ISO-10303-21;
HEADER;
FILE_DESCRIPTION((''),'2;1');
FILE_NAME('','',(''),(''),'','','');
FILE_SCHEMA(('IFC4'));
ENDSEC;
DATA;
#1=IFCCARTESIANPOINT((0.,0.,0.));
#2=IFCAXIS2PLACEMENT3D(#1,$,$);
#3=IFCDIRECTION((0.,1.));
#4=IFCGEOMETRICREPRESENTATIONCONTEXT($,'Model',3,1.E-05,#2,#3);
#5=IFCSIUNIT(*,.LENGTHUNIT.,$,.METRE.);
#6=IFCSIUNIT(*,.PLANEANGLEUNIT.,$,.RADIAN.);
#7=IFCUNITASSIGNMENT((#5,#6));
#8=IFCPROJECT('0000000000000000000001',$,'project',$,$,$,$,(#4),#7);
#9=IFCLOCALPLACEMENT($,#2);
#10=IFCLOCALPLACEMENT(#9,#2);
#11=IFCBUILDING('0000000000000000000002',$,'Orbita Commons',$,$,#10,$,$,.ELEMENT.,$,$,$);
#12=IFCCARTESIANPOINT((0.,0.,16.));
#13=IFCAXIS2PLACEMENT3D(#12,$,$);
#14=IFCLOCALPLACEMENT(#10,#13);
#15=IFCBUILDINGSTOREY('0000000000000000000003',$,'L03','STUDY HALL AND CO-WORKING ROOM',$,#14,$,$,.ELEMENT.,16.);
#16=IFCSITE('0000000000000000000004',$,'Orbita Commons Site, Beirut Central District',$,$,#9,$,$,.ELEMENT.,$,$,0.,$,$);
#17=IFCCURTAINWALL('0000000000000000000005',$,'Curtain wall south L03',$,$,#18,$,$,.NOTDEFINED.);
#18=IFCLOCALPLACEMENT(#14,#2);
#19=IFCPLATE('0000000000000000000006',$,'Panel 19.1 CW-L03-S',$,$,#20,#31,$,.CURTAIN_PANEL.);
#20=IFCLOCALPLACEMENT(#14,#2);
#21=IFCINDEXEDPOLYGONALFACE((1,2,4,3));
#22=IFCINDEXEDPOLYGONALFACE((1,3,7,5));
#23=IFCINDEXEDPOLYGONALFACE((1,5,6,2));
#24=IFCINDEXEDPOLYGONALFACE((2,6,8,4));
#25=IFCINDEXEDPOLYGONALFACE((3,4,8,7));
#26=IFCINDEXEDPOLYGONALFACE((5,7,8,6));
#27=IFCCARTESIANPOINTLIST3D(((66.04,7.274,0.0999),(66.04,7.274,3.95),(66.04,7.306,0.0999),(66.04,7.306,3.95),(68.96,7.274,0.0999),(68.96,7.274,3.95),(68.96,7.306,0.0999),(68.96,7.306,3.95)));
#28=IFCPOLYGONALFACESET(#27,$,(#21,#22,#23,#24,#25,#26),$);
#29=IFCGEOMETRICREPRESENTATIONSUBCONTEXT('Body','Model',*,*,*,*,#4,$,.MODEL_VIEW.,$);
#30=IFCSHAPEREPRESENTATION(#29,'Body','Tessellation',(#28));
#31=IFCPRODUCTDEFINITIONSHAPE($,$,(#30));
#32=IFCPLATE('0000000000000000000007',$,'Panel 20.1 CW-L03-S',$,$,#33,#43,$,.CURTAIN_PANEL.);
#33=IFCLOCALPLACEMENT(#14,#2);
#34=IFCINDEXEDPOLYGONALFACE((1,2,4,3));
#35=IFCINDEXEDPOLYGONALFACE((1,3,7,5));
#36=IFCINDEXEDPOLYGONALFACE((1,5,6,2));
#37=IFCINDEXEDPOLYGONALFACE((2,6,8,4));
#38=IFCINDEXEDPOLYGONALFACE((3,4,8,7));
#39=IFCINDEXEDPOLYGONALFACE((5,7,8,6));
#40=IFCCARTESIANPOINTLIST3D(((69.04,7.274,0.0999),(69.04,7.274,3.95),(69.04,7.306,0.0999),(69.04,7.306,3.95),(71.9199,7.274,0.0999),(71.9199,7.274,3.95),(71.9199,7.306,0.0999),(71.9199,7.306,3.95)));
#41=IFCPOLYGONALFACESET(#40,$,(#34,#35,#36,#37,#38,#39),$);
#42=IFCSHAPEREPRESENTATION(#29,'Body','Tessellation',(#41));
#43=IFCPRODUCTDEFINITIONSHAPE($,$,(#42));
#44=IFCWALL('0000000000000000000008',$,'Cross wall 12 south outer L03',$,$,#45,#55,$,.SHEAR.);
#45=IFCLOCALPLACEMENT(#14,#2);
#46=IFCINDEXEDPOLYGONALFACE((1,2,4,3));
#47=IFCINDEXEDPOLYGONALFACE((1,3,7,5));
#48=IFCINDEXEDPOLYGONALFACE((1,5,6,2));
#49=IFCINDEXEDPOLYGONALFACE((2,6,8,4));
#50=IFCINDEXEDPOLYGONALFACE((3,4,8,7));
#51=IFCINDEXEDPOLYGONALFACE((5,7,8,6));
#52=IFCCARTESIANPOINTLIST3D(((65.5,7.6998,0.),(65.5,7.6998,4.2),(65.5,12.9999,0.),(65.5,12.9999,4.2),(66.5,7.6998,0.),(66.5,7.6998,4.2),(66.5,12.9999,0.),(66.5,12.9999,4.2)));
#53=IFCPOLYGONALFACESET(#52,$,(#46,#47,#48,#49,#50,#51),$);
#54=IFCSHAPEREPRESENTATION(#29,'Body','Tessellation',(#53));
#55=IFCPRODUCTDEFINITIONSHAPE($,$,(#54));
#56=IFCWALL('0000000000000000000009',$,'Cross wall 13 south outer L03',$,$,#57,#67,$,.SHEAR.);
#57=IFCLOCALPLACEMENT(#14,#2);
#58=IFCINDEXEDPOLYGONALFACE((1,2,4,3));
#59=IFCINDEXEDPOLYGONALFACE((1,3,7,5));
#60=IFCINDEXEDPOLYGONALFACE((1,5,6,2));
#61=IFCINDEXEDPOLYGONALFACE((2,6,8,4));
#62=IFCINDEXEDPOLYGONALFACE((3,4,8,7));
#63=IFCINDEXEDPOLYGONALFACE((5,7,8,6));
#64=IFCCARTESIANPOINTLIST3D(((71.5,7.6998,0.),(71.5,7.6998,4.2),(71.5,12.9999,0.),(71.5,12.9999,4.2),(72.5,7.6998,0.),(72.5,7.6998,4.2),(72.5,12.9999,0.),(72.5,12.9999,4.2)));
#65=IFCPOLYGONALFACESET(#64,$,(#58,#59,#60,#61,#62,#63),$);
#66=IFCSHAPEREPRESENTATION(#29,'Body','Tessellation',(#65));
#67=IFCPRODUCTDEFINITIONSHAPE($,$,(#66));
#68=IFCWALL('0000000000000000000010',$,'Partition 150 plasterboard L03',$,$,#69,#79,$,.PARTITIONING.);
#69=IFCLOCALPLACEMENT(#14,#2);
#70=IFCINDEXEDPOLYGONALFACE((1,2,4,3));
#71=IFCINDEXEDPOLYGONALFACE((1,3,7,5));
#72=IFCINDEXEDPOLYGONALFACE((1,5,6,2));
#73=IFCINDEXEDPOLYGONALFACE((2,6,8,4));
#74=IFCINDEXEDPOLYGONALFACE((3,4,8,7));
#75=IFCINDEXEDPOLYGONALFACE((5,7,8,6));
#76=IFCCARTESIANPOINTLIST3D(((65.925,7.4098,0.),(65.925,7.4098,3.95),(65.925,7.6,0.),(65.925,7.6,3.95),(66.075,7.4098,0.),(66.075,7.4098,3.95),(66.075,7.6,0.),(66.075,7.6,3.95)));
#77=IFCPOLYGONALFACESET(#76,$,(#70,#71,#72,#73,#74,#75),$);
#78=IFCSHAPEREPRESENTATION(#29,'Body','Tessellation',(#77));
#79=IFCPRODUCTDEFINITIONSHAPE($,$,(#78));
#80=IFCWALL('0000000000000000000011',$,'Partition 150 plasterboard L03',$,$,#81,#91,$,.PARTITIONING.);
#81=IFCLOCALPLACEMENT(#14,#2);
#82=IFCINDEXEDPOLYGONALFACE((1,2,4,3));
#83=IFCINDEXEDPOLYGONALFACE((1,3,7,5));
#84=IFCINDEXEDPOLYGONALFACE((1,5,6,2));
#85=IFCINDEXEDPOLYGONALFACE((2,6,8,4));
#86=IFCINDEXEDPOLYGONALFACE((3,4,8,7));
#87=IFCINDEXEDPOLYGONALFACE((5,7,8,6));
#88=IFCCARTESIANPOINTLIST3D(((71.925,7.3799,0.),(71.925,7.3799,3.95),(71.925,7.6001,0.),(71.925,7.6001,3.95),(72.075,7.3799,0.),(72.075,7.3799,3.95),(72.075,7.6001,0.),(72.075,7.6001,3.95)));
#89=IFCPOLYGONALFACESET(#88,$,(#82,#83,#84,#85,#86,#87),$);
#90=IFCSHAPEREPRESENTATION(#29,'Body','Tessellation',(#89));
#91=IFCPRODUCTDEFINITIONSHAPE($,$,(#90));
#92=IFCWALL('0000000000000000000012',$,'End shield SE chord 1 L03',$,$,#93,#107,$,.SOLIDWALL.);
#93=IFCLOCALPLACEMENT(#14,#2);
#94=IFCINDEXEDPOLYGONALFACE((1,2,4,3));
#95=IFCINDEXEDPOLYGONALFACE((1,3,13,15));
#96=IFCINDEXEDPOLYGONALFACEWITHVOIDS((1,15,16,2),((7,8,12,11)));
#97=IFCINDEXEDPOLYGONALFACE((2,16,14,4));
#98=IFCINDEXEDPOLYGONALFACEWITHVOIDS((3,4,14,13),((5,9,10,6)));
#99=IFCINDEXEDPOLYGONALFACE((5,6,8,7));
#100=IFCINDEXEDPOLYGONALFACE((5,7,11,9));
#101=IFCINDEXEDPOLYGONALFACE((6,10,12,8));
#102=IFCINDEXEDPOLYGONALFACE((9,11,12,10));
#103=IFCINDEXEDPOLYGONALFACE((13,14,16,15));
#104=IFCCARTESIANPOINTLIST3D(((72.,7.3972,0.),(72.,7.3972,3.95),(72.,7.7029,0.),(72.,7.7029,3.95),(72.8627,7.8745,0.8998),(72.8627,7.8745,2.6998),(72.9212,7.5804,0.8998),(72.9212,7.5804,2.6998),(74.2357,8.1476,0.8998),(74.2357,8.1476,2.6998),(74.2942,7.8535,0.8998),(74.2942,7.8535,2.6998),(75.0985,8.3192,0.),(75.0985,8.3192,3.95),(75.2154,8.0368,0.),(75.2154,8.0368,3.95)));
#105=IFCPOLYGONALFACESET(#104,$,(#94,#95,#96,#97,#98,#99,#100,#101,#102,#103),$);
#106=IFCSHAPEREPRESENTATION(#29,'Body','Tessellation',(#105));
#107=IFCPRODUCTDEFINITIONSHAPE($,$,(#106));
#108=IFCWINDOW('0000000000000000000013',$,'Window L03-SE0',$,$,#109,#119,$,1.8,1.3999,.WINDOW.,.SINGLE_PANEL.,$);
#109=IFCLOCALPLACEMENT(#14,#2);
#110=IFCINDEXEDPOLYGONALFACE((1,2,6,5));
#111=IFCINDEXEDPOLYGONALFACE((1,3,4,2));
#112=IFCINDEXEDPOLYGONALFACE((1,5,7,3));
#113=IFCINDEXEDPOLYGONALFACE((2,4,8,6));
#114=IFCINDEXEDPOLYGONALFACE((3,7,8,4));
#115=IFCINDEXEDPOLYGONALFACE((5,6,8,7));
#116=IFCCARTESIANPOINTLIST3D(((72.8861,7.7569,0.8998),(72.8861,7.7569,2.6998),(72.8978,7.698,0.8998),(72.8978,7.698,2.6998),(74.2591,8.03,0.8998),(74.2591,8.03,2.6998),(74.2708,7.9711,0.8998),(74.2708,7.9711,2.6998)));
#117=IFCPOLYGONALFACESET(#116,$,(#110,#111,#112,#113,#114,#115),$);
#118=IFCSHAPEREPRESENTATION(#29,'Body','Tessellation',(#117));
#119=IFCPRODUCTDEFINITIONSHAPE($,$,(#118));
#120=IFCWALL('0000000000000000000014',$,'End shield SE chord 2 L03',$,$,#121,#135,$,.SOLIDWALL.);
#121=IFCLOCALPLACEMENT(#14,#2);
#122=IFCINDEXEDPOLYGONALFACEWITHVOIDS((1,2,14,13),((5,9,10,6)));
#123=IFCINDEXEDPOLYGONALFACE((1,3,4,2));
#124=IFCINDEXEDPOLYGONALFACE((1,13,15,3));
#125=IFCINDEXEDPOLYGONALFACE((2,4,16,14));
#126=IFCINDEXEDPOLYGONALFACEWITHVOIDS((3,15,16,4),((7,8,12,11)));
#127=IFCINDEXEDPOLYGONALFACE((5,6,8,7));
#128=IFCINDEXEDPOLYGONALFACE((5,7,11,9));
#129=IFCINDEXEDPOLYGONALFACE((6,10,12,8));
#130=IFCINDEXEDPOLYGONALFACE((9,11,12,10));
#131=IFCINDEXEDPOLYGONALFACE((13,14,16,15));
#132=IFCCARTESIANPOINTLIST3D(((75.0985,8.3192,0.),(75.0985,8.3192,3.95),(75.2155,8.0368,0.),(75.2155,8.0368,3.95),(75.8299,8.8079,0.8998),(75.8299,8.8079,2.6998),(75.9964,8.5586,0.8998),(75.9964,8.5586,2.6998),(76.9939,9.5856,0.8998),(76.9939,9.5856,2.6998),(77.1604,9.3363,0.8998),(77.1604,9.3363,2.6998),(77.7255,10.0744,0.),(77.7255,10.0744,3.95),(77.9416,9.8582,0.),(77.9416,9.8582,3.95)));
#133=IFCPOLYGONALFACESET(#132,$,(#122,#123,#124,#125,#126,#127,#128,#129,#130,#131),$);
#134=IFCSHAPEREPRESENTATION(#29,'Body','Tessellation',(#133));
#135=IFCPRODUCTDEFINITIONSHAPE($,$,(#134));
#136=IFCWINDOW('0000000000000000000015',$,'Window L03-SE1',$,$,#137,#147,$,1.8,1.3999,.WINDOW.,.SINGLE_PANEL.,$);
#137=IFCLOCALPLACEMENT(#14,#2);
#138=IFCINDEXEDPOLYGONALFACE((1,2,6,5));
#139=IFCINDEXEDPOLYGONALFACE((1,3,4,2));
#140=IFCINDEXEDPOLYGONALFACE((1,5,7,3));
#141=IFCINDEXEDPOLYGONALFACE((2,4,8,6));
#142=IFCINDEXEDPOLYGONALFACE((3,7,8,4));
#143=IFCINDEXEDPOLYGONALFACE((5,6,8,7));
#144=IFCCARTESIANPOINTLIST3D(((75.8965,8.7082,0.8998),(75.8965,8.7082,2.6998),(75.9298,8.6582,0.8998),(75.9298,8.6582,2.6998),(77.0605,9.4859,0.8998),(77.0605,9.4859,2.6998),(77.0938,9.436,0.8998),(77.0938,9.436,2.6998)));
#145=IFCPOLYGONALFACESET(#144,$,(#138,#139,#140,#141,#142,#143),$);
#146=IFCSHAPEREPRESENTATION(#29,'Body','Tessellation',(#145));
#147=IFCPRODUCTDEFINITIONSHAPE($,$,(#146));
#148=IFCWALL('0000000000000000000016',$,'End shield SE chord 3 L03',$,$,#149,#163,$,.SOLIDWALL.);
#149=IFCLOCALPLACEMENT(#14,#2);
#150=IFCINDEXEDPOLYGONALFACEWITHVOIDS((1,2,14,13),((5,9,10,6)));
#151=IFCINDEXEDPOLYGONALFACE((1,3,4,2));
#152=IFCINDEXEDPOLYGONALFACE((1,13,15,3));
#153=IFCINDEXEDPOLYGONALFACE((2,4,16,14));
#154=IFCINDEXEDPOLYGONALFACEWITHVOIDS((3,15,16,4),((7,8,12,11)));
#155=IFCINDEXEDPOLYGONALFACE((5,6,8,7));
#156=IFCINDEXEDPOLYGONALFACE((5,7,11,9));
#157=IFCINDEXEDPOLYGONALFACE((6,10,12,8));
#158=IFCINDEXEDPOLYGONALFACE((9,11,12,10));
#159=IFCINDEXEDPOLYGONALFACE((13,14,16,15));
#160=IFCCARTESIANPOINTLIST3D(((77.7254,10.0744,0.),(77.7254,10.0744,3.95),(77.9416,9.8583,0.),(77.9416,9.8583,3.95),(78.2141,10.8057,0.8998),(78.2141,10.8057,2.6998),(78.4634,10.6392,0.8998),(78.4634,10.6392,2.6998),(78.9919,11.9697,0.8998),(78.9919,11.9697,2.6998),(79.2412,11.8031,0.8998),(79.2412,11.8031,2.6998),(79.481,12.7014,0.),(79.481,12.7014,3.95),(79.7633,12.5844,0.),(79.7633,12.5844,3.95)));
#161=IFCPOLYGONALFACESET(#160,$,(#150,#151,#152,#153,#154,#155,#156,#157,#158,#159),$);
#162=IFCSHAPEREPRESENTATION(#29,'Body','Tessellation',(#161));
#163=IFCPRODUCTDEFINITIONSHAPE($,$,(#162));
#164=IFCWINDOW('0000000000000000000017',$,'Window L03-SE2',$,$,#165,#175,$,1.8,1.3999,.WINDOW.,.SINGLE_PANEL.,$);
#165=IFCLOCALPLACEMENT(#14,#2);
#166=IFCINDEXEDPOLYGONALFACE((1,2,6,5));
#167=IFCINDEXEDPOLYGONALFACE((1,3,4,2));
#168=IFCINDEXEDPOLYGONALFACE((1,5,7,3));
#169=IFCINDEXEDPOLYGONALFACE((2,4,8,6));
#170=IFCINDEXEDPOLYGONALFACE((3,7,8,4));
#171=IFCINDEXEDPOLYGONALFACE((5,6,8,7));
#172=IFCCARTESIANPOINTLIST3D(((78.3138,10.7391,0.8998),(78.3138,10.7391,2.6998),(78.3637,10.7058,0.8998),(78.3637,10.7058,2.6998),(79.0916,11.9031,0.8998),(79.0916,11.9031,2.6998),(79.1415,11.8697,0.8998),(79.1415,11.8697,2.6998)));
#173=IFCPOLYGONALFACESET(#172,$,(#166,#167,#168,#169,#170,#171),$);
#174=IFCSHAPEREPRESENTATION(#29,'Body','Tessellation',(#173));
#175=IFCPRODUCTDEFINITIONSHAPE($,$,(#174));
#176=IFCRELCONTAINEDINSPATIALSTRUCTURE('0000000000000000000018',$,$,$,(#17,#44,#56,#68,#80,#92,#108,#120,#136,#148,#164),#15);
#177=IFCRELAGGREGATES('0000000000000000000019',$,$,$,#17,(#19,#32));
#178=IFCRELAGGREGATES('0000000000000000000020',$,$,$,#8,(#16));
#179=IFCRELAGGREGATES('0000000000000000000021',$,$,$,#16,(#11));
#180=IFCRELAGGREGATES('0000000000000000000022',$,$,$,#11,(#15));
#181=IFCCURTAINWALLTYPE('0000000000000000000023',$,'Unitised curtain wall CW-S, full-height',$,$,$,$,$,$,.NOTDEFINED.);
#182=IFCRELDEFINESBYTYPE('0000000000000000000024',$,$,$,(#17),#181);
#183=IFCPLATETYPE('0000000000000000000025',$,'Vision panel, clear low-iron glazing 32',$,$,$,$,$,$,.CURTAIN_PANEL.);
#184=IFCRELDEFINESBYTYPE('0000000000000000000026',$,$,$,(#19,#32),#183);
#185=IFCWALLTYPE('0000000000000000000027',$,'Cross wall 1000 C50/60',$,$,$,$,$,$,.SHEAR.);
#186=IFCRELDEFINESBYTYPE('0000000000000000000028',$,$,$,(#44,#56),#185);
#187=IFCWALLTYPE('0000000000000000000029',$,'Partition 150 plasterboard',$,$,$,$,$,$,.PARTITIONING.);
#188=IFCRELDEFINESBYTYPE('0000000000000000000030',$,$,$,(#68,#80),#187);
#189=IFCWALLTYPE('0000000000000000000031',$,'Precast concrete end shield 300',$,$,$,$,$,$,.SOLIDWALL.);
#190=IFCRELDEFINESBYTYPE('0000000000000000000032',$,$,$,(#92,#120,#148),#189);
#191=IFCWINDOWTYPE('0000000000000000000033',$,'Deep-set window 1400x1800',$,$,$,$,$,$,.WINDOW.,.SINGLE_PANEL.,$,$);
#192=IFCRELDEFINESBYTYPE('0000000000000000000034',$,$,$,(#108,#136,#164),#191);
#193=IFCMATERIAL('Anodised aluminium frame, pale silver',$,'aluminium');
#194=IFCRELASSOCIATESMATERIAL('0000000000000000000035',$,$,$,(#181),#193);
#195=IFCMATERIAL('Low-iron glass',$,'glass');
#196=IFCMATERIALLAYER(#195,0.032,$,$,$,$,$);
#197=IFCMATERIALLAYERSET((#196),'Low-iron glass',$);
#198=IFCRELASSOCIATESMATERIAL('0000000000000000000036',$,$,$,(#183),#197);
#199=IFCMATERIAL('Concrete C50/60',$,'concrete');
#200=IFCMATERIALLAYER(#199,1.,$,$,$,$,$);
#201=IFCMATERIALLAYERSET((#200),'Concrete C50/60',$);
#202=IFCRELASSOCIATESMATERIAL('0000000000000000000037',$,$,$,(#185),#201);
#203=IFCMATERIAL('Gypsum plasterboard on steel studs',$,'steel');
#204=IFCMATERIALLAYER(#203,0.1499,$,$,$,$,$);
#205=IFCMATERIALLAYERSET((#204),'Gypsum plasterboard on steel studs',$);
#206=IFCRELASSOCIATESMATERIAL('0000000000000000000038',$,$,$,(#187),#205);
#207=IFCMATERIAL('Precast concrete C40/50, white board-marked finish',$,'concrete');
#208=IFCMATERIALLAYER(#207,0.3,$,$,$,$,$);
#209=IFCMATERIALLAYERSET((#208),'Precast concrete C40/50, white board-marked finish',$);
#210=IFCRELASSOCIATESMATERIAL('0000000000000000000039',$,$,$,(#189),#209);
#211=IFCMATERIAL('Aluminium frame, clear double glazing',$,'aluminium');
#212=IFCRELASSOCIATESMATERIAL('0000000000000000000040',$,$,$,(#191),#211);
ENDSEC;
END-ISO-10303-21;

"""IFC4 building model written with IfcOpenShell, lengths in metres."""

from ifc_helpers import new_model, si_unit, direction, frame, frame_2d, origin, origin_2d, place, context, subcontext, project, spatial, polyline, rectangle, outline, extrude, material, layer, layer_set, type_object, element, fill, aggregate, save


model = new_model("IFC4")

# Units and contexts
model_context = context("Model", 3, precision=1e-05, world=origin(), true_north=direction((0.0, 1.0)))
body_context = subcontext(model_context, "Body", "Model", "MODEL_VIEW")
ifc_project = project(units=[si_unit("LENGTHUNIT", "METRE"), si_unit("PLANEANGLEUNIT", "RADIAN")], contexts=[model_context])

# Site, building, storey
site_placement = place(None, origin())
site = spatial("IfcSite", under=ifc_project, at=site_placement, Name="Orbita Commons Site, Beirut Central District", CompositionType="ELEMENT", RefElevation=0.0)
building_placement = place(site_placement, origin())
building = spatial("IfcBuilding", under=site, at=building_placement, Name="Orbita Commons", CompositionType="ELEMENT")
storey_placement = place(building_placement, frame((0.0, 0.0, 16.0)))
storey = spatial("IfcBuildingStorey", under=building, at=storey_placement, Name="L03", Description="STUDY HALL AND CO-WORKING ROOM", CompositionType="ELEMENT", Elevation=16.0)

# Curtain wall
ifc_material_1 = material(Name="Anodised aluminium frame, pale silver", Category="aluminium")
curtain_wall_type = type_object("IfcCurtainWallType", Name="Unitised curtain wall CW-S, full-height", PredefinedType="NOTDEFINED", material=ifc_material_1)
curtain_wall_placement = place(storey_placement, origin())
curtain_wall = element("IfcCurtainWall", 1, at=curtain_wall_placement, inside=storey, type_object=curtain_wall_type, Name="Curtain wall south L03", PredefinedType="NOTDEFINED")

# Plates
ifc_material_2 = material(Name="Low-iron glass", Category="glass")
ifc_layer_1 = layer(ifc_material_2, 0.032)
ifc_layer_set_1 = layer_set([ifc_layer_1], Name="Low-iron glass")
plate_type = type_object("IfcPlateType", Name="Vision panel, clear low-iron glazing 32", PredefinedType="CURTAIN_PANEL", material=ifc_layer_set_1)
plate_1_placement = place(storey_placement, frame((67.5, 7.29, 0.0999), z_axis=(0.0, 0.0, 1.0), x_axis=(1.0, 0.0, 0.0)))
plate_1 = element("IfcPlate", 2, at=plate_1_placement, type_object=plate_type, Name="Panel 19.1 CW-L03-S", PredefinedType="CURTAIN_PANEL", context=body_context, shape_type="SweptSolid", body=[
    extrude(rectangle(XDim=2.9199, YDim=0.032, at=origin_2d()), origin(), (0.0, 0.0, 1.0), 3.8501),
])
plate_2_placement = place(storey_placement, frame((70.48, 7.29, 0.0999), z_axis=(0.0, 0.0, 1.0), x_axis=(1.0, 0.0, 0.0)))
plate_2 = element("IfcPlate", 3, at=plate_2_placement, type_object=plate_type, Name="Panel 20.1 CW-L03-S", PredefinedType="CURTAIN_PANEL", context=body_context, shape_type="SweptSolid", body=[
    extrude(rectangle(XDim=2.8799, YDim=0.032, at=origin_2d()), origin(), (0.0, 0.0, 1.0), 3.8501),
])
aggregate(curtain_wall, [plate_1, plate_2])

# Walls
ifc_material_3 = material(Name="Concrete C50/60", Category="concrete")
ifc_layer_2 = layer(ifc_material_3, 1.0)
ifc_layer_set_2 = layer_set([ifc_layer_2], Name="Concrete C50/60")
wall_type_1 = type_object("IfcWallType", Name="Cross wall 1000 C50/60", PredefinedType="SHEAR", material=ifc_layer_set_2)
for number, where, z_axis, x_axis, name in (
    (4, (66.0, 7.7, 0.0), (0.0, 0.0, 1.0), (0.0, 1.0, 0.0), "Cross wall 12 south outer L03"),
    (5, (72.0, 7.7, 0.0), (0.0, 0.0, 1.0), (0.0, 1.0, 0.0), "Cross wall 13 south outer L03"),
):
    element("IfcWall", number, at=place(storey_placement, frame(where, z_axis=z_axis, x_axis=x_axis)), inside=storey, type_object=wall_type_1, Name=name, PredefinedType="SHEAR", context=body_context, shape_type="SweptSolid", body=[
        extrude(rectangle(XDim=5.3, YDim=1.0, at=frame_2d((2.6499, 0.0))), origin(), (0.0, 0.0, 1.0), 4.2),
    ])
ifc_material_4 = material(Name="Gypsum plasterboard on steel studs", Category="steel")
ifc_layer_3 = layer(ifc_material_4, 0.1499)
ifc_layer_set_3 = layer_set([ifc_layer_3], Name="Gypsum plasterboard on steel studs")
wall_type_2 = type_object("IfcWallType", Name="Partition 150 plasterboard", PredefinedType="PARTITIONING", material=ifc_layer_set_3)
wall_1_placement = place(storey_placement, frame((66.0, 7.6001, 0.0), z_axis=(0.0, 0.0, 1.0), x_axis=(0.0, -1.0, 0.0)))
element("IfcWall", 6, at=wall_1_placement, inside=storey, type_object=wall_type_2, Name="Partition 150 plasterboard L03", PredefinedType="PARTITIONING", context=body_context, shape_type="SweptSolid", body=[
    extrude(rectangle(XDim=0.1902, YDim=0.1499, at=frame_2d((0.0952, 0.0))), origin(), (0.0, 0.0, 1.0), 3.95),
])
wall_2_placement = place(storey_placement, frame((72.0, 7.6001, 0.0), z_axis=(0.0, 0.0, 1.0), x_axis=(0.0, -1.0, 0.0)))
element("IfcWall", 7, at=wall_2_placement, inside=storey, type_object=wall_type_2, Name="Partition 150 plasterboard L03", PredefinedType="PARTITIONING", context=body_context, shape_type="SweptSolid", body=[
    extrude(rectangle(XDim=0.2202, YDim=0.1499, at=frame_2d((0.1101, 0.0))), origin(), (0.0, 0.0, 1.0), 3.95),
])

# Walls, openings, windows
ifc_material_5 = material(Name="Precast concrete C40/50, white board-marked finish", Category="concrete")
ifc_layer_4 = layer(ifc_material_5, 0.3)
ifc_layer_set_4 = layer_set([ifc_layer_4], Name="Precast concrete C40/50, white board-marked finish")
wall_type_3 = type_object("IfcWallType", Name="Precast concrete end shield 300", PredefinedType="SOLIDWALL", material=ifc_layer_set_4)
wall_3_placement = place(storey_placement, frame((72.0, 7.55, 0.0), z_axis=(0.0, 0.0, 1.0), x_axis=(0.980787, 0.19508, 0.0)))
wall_3 = element("IfcWall", 8, at=wall_3_placement, inside=storey, type_object=wall_type_3, Name="End shield SE chord 1 L03", PredefinedType="SOLIDWALL", context=body_context, shape_type="SweptSolid", body=[
    extrude(outline(polyline([(-0.0298, -0.1499), (3.2485, -0.1499), (3.189, 0.1499), (0.0298, 0.1499), (-0.0298, -0.1499)])), origin(), (0.0, 0.0, 1.0), 3.95),
])
opening_1_placement = place(wall_3_placement, frame((0.9094, 0.0, 0.8999)))
opening_1 = element("IfcOpeningElement", 9, at=opening_1_placement, cuts=wall_3, PredefinedType="OPENING", context=body_context, shape_type="SweptSolid", body=[
    extrude(rectangle(XDim=1.3999, YDim=1.8, at=frame_2d((0.7, 0.8999))), frame((0.0, 0.1599, 0.0), z_axis=(0.0, -1.0, 0.0), x_axis=(1.0, 0.0, 0.0)), (0.0, 0.0, 1.0), 0.3201),
])
ifc_material_6 = material(Name="Aluminium frame, clear double glazing", Category="aluminium")
window_type = type_object("IfcWindowType", Name="Deep-set window 1400x1800", PartitioningType="SINGLE_PANEL", PredefinedType="WINDOW", material=ifc_material_6)
window_1_placement = place(opening_1_placement, origin())
window_1 = element("IfcWindow", 10, at=window_1_placement, inside=storey, type_object=window_type, Name="Window L03-SE0", OverallHeight=1.8, OverallWidth=1.3999, PartitioningType="SINGLE_PANEL", PredefinedType="WINDOW", context=body_context, shape_type="SweptSolid", body=[
    extrude(rectangle(XDim=1.3999, YDim=1.8, at=frame_2d((0.7, 0.8999))), frame((0.0, 0.03, 0.0), z_axis=(0.0, -1.0, 0.0), x_axis=(1.0, 0.0, 0.0)), (0.0, 0.0, 1.0), 0.0601),
])
fill(opening_1, window_1)
wall_4_placement = place(storey_placement, frame((75.157, 8.178, 0.0), z_axis=(0.0, 0.0, 1.0), x_axis=(0.831478, 0.555558, 0.0)))
wall_4 = element("IfcWall", 11, at=wall_4_placement, inside=storey, type_object=wall_type_3, Name="End shield SE chord 2 L03", PredefinedType="SOLIDWALL", context=body_context, shape_type="SweptSolid", body=[
    extrude(outline(polyline([(-0.0298, -0.1499), (3.2488, -0.1499), (3.1892, 0.1499), (0.0298, 0.1499), (-0.0298, -0.1499)])), origin(), (0.0, 0.0, 1.0), 3.95),
])
opening_2_placement = place(wall_4_placement, frame((0.9094, 0.0, 0.8999)))
opening_2 = element("IfcOpeningElement", 12, at=opening_2_placement, cuts=wall_4, PredefinedType="OPENING", context=body_context, shape_type="SweptSolid", body=[
    extrude(rectangle(XDim=1.3999, YDim=1.8, at=frame_2d((0.7, 0.8999))), frame((0.0, 0.1599, 0.0), z_axis=(0.0, -1.0, 0.0), x_axis=(1.0, 0.0, 0.0)), (0.0, 0.0, 1.0), 0.3201),
])
window_2_placement = place(opening_2_placement, origin())
window_2 = element("IfcWindow", 13, at=window_2_placement, inside=storey, type_object=window_type, Name="Window L03-SE1", OverallHeight=1.8, OverallWidth=1.3999, PartitioningType="SINGLE_PANEL", PredefinedType="WINDOW", context=body_context, shape_type="SweptSolid", body=[
    extrude(rectangle(XDim=1.3999, YDim=1.8, at=frame_2d((0.7, 0.8999))), frame((0.0, 0.03, 0.0), z_axis=(0.0, -1.0, 0.0), x_axis=(1.0, 0.0, 0.0)), (0.0, 0.0, 1.0), 0.0601),
])
fill(opening_2, window_2)
wall_5_placement = place(storey_placement, frame((77.8335, 9.9663, 0.0), z_axis=(0.0, 0.0, 1.0), x_axis=(0.55561, 0.831443, 0.0)))
wall_5 = element("IfcWall", 14, at=wall_5_placement, inside=storey, type_object=wall_type_3, Name="End shield SE chord 3 L03", PredefinedType="SOLIDWALL", context=body_context, shape_type="SweptSolid", body=[
    extrude(outline(polyline([(-0.0298, -0.1499), (3.249, -0.1499), (3.1895, 0.1499), (0.0298, 0.1499), (-0.0298, -0.1499)])), origin(), (0.0, 0.0, 1.0), 3.95),
])
opening_3_placement = place(wall_5_placement, frame((0.9094, 0.0, 0.8999)))
opening_3 = element("IfcOpeningElement", 15, at=opening_3_placement, cuts=wall_5, PredefinedType="OPENING", context=body_context, shape_type="SweptSolid", body=[
    extrude(rectangle(XDim=1.3999, YDim=1.8, at=frame_2d((0.7, 0.8999))), frame((0.0, 0.1599, 0.0), z_axis=(0.0, -1.0, 0.0), x_axis=(1.0, 0.0, 0.0)), (0.0, 0.0, 1.0), 0.3201),
])
window_3_placement = place(opening_3_placement, origin())
window_3 = element("IfcWindow", 16, at=window_3_placement, inside=storey, type_object=window_type, Name="Window L03-SE2", OverallHeight=1.8, OverallWidth=1.3999, PartitioningType="SINGLE_PANEL", PredefinedType="WINDOW", context=body_context, shape_type="SweptSolid", body=[
    extrude(rectangle(XDim=1.3999, YDim=1.8, at=frame_2d((0.7, 0.8999))), frame((0.0, 0.03, 0.0), z_axis=(0.0, -1.0, 0.0), x_axis=(1.0, 0.0, 0.0)), (0.0, 0.0, 1.0), 0.0601),
])
fill(opening_3, window_3)

save(model, "model.ifc")
